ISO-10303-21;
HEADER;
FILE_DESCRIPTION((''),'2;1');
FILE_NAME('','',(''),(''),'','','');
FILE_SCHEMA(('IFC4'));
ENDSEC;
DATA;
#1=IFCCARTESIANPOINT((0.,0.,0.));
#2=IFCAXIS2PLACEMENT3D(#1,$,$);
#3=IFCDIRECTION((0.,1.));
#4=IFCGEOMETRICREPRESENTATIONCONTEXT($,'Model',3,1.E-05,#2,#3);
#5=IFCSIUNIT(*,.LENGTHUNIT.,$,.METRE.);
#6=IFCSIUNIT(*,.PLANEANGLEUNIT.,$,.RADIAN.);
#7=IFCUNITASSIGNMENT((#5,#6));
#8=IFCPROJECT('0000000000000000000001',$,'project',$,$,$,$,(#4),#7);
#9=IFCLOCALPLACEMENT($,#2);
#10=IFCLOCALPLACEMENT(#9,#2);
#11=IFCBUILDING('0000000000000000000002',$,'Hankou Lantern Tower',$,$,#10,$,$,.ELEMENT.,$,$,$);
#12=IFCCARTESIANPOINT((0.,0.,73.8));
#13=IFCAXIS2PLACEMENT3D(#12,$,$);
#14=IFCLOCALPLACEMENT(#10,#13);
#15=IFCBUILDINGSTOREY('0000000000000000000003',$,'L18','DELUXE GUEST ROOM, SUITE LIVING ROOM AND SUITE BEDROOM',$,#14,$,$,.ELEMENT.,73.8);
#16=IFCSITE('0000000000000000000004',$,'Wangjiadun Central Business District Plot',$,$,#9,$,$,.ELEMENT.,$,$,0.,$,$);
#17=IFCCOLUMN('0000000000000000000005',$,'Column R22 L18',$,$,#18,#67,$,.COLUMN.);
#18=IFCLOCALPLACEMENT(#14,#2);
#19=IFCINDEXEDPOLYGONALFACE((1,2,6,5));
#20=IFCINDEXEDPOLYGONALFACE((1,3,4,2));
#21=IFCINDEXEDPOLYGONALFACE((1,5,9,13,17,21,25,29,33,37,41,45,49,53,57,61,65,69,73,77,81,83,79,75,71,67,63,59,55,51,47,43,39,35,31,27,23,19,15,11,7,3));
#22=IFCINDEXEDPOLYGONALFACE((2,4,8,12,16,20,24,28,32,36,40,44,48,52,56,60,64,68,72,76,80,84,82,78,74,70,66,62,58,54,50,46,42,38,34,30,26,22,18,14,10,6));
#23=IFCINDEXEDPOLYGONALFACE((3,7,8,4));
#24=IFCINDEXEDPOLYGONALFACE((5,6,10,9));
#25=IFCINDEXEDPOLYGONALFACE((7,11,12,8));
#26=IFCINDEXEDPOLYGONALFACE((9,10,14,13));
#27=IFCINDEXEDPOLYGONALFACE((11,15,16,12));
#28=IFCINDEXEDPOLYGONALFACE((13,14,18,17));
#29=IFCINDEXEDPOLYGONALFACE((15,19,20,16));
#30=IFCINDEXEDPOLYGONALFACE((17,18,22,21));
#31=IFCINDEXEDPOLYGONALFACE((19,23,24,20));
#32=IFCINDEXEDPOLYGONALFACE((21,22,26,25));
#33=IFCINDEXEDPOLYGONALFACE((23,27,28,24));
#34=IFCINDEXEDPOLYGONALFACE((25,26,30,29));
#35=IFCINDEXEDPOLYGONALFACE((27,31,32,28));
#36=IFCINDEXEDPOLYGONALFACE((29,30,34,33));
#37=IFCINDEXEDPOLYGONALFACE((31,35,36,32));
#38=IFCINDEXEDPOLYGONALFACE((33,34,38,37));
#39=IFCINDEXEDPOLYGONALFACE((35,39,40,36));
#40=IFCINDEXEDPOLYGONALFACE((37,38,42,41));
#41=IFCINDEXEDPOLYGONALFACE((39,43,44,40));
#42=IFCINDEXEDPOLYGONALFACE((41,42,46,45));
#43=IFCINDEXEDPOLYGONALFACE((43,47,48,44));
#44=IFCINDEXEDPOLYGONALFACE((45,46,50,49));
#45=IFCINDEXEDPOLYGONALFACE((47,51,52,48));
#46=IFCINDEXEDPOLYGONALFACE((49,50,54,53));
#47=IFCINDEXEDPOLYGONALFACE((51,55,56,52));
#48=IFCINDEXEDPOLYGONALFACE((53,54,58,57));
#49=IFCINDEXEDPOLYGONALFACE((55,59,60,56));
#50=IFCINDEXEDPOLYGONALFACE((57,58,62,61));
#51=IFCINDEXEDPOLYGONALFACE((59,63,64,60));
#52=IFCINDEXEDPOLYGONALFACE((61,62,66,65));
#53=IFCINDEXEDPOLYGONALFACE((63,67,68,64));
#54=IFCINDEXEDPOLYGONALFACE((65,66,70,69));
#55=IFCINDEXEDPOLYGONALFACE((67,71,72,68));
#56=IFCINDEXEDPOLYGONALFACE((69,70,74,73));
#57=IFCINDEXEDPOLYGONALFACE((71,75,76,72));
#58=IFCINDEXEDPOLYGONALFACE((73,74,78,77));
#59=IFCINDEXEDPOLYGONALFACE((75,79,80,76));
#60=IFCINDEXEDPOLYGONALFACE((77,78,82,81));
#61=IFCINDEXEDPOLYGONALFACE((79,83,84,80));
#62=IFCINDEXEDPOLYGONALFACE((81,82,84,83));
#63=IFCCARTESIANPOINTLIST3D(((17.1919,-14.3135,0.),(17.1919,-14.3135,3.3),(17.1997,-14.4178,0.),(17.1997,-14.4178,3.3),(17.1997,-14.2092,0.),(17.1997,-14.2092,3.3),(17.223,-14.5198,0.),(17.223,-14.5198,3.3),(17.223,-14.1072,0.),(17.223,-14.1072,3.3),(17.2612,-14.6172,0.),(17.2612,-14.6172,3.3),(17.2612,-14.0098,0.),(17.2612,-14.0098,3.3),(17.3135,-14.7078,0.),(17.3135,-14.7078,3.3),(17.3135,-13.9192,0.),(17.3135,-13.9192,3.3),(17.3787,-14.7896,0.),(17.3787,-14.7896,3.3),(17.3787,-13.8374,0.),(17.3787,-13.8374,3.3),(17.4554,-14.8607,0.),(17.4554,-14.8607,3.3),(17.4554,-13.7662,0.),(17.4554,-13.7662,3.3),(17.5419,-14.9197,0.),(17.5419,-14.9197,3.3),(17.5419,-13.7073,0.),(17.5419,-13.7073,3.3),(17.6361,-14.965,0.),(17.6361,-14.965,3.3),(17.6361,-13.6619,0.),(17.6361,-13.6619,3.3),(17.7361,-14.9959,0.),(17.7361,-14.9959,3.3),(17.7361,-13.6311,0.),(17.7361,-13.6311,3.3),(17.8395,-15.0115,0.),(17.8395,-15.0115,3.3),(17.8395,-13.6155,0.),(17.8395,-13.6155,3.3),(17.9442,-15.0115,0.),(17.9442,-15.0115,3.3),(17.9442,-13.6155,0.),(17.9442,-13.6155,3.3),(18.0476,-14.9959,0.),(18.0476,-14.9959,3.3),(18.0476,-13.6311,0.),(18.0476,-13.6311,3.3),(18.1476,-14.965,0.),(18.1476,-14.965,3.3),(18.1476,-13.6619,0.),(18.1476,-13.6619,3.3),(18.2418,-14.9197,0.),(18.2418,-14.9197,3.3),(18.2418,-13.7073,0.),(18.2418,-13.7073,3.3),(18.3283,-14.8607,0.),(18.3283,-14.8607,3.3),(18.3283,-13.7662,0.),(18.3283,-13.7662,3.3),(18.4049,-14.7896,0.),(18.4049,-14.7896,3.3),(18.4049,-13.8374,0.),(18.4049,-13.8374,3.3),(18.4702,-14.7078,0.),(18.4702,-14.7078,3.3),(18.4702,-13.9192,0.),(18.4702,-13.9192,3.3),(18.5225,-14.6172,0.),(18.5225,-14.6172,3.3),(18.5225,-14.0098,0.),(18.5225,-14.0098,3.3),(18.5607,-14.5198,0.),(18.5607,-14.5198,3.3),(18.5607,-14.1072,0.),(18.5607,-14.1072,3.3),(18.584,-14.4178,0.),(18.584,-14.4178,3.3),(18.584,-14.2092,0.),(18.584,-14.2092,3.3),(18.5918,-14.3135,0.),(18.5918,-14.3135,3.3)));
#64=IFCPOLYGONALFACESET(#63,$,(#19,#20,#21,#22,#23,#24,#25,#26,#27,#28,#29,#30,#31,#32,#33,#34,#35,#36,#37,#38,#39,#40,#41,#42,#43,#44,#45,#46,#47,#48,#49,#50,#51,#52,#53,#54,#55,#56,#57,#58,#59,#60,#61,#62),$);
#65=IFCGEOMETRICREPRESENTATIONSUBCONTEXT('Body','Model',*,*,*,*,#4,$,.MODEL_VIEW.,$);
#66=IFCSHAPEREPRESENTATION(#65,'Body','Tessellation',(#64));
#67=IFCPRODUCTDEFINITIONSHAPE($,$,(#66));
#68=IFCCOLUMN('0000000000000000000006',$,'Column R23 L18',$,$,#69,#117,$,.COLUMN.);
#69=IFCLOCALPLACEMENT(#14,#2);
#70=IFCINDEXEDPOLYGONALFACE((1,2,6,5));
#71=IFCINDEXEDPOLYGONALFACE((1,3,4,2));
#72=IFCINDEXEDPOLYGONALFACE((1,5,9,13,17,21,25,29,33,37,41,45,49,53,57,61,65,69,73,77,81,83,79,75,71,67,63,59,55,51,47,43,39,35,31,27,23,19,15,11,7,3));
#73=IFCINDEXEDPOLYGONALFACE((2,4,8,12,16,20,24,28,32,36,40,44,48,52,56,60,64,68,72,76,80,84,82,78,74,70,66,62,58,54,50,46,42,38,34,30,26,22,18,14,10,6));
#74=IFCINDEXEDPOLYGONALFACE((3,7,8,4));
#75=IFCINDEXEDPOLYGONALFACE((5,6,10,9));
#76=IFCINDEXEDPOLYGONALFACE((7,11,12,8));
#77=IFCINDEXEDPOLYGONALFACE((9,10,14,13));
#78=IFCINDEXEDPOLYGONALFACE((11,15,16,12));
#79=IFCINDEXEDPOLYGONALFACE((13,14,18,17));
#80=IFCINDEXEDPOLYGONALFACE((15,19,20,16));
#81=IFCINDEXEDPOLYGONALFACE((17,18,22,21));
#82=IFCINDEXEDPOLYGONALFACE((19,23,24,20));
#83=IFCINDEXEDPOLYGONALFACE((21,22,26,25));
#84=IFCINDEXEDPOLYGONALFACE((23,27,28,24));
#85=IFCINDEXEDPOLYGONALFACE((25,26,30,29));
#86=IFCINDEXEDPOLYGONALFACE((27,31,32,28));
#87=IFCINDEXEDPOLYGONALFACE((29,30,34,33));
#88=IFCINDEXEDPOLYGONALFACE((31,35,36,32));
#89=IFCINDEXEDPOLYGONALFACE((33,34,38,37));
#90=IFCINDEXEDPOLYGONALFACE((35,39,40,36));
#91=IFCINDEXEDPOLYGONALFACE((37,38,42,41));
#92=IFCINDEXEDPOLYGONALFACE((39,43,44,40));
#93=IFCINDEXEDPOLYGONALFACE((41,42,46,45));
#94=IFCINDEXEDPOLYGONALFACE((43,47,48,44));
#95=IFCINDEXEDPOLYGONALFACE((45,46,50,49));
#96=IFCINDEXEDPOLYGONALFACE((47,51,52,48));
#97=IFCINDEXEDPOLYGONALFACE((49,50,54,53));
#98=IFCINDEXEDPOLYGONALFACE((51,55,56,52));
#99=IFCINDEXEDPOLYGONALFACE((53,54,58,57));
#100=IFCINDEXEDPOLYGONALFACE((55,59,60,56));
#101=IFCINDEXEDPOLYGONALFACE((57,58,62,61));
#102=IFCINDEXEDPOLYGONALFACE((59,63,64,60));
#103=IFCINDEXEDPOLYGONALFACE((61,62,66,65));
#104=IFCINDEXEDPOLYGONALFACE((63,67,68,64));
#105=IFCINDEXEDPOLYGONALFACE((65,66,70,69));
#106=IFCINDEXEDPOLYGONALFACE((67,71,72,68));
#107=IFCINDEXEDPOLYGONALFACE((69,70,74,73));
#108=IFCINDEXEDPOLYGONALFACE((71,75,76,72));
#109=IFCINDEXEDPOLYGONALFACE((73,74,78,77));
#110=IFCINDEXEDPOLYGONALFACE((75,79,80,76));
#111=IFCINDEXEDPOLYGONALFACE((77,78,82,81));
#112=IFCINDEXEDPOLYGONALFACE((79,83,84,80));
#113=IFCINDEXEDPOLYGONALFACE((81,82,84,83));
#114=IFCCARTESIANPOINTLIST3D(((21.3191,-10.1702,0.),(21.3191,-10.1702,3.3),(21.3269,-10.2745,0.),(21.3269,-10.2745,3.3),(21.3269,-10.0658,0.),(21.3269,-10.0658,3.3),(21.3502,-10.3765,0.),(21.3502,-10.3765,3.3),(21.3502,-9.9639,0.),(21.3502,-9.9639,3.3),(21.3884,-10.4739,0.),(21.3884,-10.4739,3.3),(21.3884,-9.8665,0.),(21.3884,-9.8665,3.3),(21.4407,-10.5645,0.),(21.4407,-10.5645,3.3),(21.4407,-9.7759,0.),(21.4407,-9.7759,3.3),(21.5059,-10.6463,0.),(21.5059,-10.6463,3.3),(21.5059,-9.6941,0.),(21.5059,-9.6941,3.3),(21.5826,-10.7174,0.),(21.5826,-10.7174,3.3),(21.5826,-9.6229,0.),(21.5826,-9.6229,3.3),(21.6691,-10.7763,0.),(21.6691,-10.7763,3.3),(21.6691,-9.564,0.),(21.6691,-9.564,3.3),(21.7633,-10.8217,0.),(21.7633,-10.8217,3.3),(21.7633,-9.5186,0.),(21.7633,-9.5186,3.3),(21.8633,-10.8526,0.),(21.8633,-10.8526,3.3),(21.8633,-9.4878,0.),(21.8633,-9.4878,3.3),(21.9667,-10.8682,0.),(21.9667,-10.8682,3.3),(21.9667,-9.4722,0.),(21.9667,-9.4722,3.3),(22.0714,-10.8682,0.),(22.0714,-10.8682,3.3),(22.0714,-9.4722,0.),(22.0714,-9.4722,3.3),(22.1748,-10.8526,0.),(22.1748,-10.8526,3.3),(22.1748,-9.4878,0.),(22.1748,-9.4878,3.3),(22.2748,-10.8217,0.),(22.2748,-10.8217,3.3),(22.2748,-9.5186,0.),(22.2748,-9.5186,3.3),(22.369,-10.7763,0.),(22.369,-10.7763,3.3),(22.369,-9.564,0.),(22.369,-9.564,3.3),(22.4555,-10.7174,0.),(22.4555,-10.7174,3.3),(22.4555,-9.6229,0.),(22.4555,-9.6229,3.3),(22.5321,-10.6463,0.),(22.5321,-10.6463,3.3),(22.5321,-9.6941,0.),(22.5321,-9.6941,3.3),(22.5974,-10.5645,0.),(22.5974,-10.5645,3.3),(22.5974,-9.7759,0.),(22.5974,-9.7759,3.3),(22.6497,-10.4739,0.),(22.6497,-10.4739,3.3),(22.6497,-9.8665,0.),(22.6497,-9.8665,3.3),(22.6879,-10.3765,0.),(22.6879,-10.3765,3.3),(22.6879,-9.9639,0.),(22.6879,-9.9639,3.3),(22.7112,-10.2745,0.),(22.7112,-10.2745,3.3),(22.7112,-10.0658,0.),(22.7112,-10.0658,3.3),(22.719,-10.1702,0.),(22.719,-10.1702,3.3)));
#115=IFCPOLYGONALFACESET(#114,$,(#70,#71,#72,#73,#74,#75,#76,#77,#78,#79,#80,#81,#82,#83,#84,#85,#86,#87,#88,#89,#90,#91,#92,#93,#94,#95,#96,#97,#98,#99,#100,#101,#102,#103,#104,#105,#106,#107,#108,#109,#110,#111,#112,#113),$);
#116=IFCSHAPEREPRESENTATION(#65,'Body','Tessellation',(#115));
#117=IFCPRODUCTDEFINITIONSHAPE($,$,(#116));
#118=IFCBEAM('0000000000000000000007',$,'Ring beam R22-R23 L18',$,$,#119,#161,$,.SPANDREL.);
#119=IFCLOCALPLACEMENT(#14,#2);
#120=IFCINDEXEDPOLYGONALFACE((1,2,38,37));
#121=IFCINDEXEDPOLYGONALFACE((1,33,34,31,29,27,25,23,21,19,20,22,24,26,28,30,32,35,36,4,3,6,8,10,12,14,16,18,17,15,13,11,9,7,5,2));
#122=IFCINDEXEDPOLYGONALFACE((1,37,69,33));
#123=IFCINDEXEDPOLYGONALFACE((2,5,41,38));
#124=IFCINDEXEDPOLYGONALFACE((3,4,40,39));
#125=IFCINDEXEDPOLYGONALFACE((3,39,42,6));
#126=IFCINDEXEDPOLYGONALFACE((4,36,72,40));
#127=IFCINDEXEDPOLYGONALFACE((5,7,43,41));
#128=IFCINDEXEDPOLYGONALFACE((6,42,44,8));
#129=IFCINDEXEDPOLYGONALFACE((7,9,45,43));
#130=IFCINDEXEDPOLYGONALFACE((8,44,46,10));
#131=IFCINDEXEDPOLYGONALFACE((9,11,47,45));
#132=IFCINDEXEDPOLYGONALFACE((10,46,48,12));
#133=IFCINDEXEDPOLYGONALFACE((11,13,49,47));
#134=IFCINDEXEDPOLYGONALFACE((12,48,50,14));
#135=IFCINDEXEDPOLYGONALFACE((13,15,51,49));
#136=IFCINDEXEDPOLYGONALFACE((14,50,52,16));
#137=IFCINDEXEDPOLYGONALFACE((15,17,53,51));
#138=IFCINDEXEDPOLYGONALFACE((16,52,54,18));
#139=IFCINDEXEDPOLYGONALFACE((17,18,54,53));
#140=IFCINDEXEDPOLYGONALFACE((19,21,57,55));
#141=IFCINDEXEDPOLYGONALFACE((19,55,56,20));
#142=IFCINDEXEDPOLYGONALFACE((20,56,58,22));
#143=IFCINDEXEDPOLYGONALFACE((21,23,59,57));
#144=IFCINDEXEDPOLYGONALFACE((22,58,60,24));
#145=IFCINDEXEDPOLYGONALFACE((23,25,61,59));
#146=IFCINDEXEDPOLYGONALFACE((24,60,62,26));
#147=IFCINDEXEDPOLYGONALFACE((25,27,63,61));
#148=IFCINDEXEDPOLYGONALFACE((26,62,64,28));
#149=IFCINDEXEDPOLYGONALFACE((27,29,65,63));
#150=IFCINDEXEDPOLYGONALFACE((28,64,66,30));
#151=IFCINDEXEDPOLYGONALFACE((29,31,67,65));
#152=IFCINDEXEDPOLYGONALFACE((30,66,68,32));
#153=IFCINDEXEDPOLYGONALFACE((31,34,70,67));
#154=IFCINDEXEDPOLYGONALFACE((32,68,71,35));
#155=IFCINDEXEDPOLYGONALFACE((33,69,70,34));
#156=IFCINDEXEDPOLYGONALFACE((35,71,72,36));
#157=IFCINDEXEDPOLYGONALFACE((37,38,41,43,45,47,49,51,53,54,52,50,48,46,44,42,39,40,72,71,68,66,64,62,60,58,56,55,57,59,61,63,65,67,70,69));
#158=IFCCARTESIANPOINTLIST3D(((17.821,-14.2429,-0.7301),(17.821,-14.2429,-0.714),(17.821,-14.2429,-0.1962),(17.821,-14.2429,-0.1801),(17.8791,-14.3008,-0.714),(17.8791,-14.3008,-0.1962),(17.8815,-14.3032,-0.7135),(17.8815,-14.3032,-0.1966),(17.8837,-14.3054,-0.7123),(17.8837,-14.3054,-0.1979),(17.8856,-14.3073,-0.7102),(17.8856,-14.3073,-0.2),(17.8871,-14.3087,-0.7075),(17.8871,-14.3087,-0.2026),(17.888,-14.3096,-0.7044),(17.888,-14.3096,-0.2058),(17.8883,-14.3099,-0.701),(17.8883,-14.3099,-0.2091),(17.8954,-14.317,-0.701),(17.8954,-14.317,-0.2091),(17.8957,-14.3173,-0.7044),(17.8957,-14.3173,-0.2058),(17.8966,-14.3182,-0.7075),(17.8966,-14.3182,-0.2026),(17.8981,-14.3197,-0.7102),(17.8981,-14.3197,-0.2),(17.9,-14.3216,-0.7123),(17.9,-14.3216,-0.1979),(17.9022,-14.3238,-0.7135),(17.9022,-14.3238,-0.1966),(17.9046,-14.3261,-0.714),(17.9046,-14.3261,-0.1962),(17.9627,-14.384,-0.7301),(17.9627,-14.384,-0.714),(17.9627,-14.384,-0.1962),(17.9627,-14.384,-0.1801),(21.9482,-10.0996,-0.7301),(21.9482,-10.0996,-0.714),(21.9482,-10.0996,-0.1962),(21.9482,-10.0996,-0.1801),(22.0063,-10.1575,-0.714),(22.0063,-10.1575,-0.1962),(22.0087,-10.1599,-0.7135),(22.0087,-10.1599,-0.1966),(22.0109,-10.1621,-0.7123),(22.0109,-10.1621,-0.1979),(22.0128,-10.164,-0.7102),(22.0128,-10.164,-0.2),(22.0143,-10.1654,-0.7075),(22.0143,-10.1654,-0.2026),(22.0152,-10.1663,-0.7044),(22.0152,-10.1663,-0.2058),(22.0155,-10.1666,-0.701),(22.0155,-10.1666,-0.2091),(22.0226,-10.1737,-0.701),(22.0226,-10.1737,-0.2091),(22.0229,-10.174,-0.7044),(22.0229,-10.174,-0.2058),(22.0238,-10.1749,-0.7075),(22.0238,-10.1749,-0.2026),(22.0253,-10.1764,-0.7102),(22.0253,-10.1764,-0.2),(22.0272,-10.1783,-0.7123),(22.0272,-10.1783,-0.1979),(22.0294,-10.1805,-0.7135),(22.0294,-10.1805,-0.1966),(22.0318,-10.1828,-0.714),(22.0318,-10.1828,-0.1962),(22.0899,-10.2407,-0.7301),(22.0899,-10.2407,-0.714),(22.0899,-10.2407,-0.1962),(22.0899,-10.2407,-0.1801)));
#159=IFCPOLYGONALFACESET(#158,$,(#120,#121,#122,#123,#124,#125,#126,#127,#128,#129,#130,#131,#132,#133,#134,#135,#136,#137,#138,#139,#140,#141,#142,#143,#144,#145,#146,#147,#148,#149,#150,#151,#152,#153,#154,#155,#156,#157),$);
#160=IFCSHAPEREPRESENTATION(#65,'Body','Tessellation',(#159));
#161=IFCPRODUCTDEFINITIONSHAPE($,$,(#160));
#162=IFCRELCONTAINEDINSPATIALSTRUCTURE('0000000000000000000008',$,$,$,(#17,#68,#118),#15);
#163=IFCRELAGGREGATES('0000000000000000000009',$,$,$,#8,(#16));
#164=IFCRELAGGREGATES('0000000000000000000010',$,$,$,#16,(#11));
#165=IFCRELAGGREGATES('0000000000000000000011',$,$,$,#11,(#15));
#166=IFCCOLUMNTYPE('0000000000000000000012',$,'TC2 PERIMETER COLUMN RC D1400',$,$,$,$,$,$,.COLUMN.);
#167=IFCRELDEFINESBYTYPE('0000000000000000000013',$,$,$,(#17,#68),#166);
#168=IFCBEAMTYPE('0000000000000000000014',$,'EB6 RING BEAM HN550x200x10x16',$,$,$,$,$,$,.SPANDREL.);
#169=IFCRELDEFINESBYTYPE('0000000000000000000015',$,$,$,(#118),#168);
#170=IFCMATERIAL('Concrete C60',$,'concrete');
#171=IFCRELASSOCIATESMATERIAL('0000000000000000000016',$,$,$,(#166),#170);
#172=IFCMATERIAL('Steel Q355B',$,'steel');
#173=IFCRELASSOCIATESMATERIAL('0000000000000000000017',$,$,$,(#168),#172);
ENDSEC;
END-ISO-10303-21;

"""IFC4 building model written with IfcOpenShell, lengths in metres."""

from ifc_helpers import new_model, si_unit, direction, frame, origin, origin_2d, place, context, subcontext, project, spatial, circle, i_section, extrude, material, material_profile, profile_set, type_object, element, save


model = new_model("IFC4")

# Units and contexts
model_context = context("Model", 3, precision=1e-05, world=origin(), true_north=direction((0.0, 1.0)))
body_context = subcontext(model_context, "Body", "Model", "MODEL_VIEW")
ifc_project = project(units=[si_unit("LENGTHUNIT", "METRE"), si_unit("PLANEANGLEUNIT", "RADIAN")], contexts=[model_context])

# Site, building, storey
site_placement = place(None, origin())
site = spatial("IfcSite", under=ifc_project, at=site_placement, Name="Wangjiadun Central Business District Plot", CompositionType="ELEMENT", RefElevation=0.0)
building_placement = place(site_placement, origin())
building = spatial("IfcBuilding", under=site, at=building_placement, Name="Hankou Lantern Tower", CompositionType="ELEMENT")
storey_placement = place(building_placement, frame((0.0, 0.0, 73.8)))
storey = spatial("IfcBuildingStorey", under=building, at=storey_placement, Name="L18", Description="DELUXE GUEST ROOM, SUITE LIVING ROOM AND SUITE BEDROOM", CompositionType="ELEMENT", Elevation=73.8)

# Columns
ifc_material_1 = material(Name="Concrete C60", Category="concrete")
ifc_material_profile_1 = material_profile(ifc_material_1, circle(Radius=0.7, at=origin_2d()), Name="RC D1400")
ifc_profile_set_1 = profile_set([ifc_material_profile_1], Name="Concrete C60")
column_type = type_object("IfcColumnType", Name="TC2 PERIMETER COLUMN RC D1400", PredefinedType="COLUMN", material=ifc_profile_set_1)
for number, where, z_axis, x_axis, name in (
    (1, (17.8918, -14.3135, 0.0), (0.0, 0.0, 1.0), (1.0, 0.0, 0.0), "Column R22 L18"),
    (2, (22.019, -10.1702, 0.0), (0.0, 0.0, 1.0), (1.0, 0.0, 0.0), "Column R23 L18"),
):
    element("IfcColumn", number, at=place(storey_placement, frame(where, z_axis=z_axis, x_axis=x_axis)), inside=storey, type_object=column_type, Name=name, PredefinedType="COLUMN", context=body_context, shape_type="SweptSolid", body=[
        extrude(circle(Radius=0.7, at=origin_2d()), origin(), (0.0, 0.0, 1.0), 3.3),
    ])

# Beam
ifc_material_2 = material(Name="Steel Q355B", Category="steel")
ifc_material_profile_2 = material_profile(ifc_material_2, i_section(OverallWidth=0.2, OverallDepth=0.55, WebThickness=0.01, FlangeThickness=0.0161, FilletRadius=0.0129, at=origin_2d()), Name="HN550x200x10x16")
ifc_profile_set_2 = profile_set([ifc_material_profile_2], Name="Steel Q355B")
beam_type = type_object("IfcBeamType", Name="EB6 RING BEAM HN550x200x10x16", PredefinedType="SPANDREL", material=ifc_profile_set_2)
beam_1_placement = place(storey_placement, frame((17.8918, -14.3135, -0.4551), z_axis=(0.705728, 0.708483, 0.0), x_axis=(-0.708483, 0.705728, 0.0)))
element("IfcBeam", 3, at=beam_1_placement, inside=storey, type_object=beam_type, Name="Ring beam R22-R23 L18", PredefinedType="SPANDREL", context=body_context, shape_type="SweptSolid", body=[
    extrude(i_section(OverallWidth=0.2, OverallDepth=0.55, WebThickness=0.01, FlangeThickness=0.0161, FilletRadius=0.0129, at=origin_2d()), origin(), (0.0, 0.0, 1.0), 5.8481),
])

save(model, "model.ifc")
